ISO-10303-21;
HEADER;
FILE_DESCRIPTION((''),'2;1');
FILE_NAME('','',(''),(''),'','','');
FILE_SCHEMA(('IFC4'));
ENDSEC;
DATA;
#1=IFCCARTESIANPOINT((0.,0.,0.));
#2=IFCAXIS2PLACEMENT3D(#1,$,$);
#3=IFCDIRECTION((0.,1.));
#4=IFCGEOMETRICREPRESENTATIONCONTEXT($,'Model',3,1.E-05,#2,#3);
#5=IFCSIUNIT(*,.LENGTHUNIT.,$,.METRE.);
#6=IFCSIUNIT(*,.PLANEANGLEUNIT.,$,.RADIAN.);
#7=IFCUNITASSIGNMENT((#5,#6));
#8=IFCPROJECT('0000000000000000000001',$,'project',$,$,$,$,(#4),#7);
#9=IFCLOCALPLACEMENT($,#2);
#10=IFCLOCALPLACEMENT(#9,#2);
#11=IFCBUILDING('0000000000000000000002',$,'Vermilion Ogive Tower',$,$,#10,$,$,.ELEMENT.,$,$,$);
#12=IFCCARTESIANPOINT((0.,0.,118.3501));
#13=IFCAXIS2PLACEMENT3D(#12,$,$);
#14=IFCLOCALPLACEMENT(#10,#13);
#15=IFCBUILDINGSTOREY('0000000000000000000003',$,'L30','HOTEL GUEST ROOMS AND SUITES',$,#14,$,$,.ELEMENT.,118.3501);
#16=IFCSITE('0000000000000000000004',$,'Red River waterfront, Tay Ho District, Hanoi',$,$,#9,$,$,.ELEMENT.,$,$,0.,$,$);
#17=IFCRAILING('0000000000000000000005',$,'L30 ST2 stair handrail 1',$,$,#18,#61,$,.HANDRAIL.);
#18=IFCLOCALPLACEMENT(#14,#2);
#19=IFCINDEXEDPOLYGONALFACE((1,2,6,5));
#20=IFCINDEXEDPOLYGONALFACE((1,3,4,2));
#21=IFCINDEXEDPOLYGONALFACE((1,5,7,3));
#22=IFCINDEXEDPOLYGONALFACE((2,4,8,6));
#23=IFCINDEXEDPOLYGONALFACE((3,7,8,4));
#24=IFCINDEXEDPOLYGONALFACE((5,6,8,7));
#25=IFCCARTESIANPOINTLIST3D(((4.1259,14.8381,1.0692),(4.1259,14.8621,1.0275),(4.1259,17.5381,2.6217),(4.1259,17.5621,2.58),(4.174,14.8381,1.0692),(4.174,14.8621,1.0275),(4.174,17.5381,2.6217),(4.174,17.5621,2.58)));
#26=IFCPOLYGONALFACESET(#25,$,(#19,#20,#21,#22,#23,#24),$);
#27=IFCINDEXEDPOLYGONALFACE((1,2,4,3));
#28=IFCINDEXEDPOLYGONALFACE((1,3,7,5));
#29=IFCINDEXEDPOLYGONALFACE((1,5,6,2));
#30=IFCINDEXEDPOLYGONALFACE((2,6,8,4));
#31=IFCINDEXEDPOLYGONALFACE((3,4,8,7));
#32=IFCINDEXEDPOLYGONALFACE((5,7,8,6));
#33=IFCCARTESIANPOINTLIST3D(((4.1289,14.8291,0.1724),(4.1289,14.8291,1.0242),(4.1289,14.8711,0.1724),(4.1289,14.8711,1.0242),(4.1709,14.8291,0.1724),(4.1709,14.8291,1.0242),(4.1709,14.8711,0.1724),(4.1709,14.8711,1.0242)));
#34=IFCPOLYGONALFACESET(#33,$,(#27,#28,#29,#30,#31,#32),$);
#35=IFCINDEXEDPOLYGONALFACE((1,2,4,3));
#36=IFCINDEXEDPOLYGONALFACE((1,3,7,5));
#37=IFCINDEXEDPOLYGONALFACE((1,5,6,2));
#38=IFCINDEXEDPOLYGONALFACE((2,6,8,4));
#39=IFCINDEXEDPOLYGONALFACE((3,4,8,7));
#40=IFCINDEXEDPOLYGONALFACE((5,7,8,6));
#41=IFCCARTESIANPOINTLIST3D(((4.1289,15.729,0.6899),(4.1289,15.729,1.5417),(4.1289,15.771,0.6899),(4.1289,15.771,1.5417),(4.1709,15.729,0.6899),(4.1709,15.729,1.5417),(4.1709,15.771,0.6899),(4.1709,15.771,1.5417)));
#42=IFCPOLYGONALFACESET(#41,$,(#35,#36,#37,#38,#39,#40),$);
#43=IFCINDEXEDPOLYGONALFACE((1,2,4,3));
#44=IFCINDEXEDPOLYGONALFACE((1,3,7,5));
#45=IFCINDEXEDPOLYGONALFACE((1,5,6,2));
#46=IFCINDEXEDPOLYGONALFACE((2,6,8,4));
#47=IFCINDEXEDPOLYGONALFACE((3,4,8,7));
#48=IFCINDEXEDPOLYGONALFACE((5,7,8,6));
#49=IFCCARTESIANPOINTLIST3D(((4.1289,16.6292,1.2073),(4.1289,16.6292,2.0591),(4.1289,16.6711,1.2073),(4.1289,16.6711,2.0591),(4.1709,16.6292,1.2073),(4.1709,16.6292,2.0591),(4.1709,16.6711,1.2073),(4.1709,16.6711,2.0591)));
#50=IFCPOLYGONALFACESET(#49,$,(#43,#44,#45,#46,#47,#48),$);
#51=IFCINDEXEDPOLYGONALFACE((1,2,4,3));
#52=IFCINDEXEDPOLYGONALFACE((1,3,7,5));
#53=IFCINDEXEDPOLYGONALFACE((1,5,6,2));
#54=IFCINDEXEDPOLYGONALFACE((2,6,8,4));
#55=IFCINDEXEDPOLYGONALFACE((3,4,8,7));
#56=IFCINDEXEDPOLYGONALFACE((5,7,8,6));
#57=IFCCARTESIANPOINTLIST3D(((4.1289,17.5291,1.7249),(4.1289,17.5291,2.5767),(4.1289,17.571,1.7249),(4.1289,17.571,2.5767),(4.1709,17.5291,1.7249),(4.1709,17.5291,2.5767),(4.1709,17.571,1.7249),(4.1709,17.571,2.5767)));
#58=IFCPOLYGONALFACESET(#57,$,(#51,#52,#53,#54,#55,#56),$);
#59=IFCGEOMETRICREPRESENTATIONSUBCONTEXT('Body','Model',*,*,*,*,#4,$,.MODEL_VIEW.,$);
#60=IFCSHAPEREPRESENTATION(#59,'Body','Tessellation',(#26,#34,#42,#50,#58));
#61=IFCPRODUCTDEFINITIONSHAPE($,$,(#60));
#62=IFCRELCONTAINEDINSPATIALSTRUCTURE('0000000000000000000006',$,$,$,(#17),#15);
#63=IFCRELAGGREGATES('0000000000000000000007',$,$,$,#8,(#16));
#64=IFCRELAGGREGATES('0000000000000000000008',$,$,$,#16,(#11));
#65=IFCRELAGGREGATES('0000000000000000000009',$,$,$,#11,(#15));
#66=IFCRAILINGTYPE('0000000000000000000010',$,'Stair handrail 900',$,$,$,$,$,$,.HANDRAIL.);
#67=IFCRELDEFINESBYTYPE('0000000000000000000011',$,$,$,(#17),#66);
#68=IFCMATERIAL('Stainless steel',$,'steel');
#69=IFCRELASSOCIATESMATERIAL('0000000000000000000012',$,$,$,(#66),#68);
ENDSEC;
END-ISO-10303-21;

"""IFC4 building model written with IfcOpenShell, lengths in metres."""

from ifc_helpers import new_model, si_unit, direction, frame, origin, origin_2d, place, context, subcontext, project, spatial, rectangle, extrude, material, type_object, element, save


model = new_model("IFC4")

# Units and contexts
model_context = context("Model", 3, precision=1e-05, world=origin(), true_north=direction((0.0, 1.0)))
body_context = subcontext(model_context, "Body", "Model", "MODEL_VIEW")
ifc_project = project(units=[si_unit("LENGTHUNIT", "METRE"), si_unit("PLANEANGLEUNIT", "RADIAN")], contexts=[model_context])

# Site, building, storey
site_placement = place(None, origin())
site = spatial("IfcSite", under=ifc_project, at=site_placement, Name="Red River waterfront, Tay Ho District, Hanoi", CompositionType="ELEMENT", RefElevation=0.0)
building_placement = place(site_placement, origin())
building = spatial("IfcBuilding", under=site, at=building_placement, Name="Vermilion Ogive Tower", CompositionType="ELEMENT")
storey_placement = place(building_placement, frame((0.0, 0.0, 118.3501)))
storey = spatial("IfcBuildingStorey", under=building, at=storey_placement, Name="L30", Description="HOTEL GUEST ROOMS AND SUITES", CompositionType="ELEMENT", Elevation=118.3501)

# Railing
ifc_material_1 = material(Name="Stainless steel", Category="steel")
railing_type_1 = type_object("IfcRailingType", Name="Stair handrail 900", PredefinedType="HANDRAIL", material=ifc_material_1)
railing_1_placement = place(storey_placement, frame((4.1499, 14.8501, 0.1724)))
element("IfcRailing", 1, at=railing_1_placement, inside=storey, type_object=railing_type_1, Name="L30 ST2 stair handrail 1", PredefinedType="HANDRAIL", context=body_context, shape_type="SweptSolid", body=[
    extrude(rectangle(XDim=0.0481, YDim=0.0481, at=origin_2d()), frame((0.0, 0.0, 0.876), z_axis=(0.0, 0.866904, 0.498476), x_axis=(-1.0, 0.0, 0.0)), (0.0, 0.0, 1.0), 3.1145),
    extrude(rectangle(XDim=0.042, YDim=0.042, at=origin_2d()), origin(), (0.0, 0.0, 1.0), 0.8518),
    extrude(rectangle(XDim=0.042, YDim=0.042, at=origin_2d()), frame((0.0, 0.8999, 0.5176)), (0.0, 0.0, 1.0), 0.8518),
    extrude(rectangle(XDim=0.042, YDim=0.042, at=origin_2d()), frame((0.0, 1.8, 1.0349)), (0.0, 0.0, 1.0), 0.8518),
    extrude(rectangle(XDim=0.042, YDim=0.042, at=origin_2d()), frame((0.0, 2.7, 1.5525)), (0.0, 0.0, 1.0), 0.8518),
])

save(model, "model.ifc")
